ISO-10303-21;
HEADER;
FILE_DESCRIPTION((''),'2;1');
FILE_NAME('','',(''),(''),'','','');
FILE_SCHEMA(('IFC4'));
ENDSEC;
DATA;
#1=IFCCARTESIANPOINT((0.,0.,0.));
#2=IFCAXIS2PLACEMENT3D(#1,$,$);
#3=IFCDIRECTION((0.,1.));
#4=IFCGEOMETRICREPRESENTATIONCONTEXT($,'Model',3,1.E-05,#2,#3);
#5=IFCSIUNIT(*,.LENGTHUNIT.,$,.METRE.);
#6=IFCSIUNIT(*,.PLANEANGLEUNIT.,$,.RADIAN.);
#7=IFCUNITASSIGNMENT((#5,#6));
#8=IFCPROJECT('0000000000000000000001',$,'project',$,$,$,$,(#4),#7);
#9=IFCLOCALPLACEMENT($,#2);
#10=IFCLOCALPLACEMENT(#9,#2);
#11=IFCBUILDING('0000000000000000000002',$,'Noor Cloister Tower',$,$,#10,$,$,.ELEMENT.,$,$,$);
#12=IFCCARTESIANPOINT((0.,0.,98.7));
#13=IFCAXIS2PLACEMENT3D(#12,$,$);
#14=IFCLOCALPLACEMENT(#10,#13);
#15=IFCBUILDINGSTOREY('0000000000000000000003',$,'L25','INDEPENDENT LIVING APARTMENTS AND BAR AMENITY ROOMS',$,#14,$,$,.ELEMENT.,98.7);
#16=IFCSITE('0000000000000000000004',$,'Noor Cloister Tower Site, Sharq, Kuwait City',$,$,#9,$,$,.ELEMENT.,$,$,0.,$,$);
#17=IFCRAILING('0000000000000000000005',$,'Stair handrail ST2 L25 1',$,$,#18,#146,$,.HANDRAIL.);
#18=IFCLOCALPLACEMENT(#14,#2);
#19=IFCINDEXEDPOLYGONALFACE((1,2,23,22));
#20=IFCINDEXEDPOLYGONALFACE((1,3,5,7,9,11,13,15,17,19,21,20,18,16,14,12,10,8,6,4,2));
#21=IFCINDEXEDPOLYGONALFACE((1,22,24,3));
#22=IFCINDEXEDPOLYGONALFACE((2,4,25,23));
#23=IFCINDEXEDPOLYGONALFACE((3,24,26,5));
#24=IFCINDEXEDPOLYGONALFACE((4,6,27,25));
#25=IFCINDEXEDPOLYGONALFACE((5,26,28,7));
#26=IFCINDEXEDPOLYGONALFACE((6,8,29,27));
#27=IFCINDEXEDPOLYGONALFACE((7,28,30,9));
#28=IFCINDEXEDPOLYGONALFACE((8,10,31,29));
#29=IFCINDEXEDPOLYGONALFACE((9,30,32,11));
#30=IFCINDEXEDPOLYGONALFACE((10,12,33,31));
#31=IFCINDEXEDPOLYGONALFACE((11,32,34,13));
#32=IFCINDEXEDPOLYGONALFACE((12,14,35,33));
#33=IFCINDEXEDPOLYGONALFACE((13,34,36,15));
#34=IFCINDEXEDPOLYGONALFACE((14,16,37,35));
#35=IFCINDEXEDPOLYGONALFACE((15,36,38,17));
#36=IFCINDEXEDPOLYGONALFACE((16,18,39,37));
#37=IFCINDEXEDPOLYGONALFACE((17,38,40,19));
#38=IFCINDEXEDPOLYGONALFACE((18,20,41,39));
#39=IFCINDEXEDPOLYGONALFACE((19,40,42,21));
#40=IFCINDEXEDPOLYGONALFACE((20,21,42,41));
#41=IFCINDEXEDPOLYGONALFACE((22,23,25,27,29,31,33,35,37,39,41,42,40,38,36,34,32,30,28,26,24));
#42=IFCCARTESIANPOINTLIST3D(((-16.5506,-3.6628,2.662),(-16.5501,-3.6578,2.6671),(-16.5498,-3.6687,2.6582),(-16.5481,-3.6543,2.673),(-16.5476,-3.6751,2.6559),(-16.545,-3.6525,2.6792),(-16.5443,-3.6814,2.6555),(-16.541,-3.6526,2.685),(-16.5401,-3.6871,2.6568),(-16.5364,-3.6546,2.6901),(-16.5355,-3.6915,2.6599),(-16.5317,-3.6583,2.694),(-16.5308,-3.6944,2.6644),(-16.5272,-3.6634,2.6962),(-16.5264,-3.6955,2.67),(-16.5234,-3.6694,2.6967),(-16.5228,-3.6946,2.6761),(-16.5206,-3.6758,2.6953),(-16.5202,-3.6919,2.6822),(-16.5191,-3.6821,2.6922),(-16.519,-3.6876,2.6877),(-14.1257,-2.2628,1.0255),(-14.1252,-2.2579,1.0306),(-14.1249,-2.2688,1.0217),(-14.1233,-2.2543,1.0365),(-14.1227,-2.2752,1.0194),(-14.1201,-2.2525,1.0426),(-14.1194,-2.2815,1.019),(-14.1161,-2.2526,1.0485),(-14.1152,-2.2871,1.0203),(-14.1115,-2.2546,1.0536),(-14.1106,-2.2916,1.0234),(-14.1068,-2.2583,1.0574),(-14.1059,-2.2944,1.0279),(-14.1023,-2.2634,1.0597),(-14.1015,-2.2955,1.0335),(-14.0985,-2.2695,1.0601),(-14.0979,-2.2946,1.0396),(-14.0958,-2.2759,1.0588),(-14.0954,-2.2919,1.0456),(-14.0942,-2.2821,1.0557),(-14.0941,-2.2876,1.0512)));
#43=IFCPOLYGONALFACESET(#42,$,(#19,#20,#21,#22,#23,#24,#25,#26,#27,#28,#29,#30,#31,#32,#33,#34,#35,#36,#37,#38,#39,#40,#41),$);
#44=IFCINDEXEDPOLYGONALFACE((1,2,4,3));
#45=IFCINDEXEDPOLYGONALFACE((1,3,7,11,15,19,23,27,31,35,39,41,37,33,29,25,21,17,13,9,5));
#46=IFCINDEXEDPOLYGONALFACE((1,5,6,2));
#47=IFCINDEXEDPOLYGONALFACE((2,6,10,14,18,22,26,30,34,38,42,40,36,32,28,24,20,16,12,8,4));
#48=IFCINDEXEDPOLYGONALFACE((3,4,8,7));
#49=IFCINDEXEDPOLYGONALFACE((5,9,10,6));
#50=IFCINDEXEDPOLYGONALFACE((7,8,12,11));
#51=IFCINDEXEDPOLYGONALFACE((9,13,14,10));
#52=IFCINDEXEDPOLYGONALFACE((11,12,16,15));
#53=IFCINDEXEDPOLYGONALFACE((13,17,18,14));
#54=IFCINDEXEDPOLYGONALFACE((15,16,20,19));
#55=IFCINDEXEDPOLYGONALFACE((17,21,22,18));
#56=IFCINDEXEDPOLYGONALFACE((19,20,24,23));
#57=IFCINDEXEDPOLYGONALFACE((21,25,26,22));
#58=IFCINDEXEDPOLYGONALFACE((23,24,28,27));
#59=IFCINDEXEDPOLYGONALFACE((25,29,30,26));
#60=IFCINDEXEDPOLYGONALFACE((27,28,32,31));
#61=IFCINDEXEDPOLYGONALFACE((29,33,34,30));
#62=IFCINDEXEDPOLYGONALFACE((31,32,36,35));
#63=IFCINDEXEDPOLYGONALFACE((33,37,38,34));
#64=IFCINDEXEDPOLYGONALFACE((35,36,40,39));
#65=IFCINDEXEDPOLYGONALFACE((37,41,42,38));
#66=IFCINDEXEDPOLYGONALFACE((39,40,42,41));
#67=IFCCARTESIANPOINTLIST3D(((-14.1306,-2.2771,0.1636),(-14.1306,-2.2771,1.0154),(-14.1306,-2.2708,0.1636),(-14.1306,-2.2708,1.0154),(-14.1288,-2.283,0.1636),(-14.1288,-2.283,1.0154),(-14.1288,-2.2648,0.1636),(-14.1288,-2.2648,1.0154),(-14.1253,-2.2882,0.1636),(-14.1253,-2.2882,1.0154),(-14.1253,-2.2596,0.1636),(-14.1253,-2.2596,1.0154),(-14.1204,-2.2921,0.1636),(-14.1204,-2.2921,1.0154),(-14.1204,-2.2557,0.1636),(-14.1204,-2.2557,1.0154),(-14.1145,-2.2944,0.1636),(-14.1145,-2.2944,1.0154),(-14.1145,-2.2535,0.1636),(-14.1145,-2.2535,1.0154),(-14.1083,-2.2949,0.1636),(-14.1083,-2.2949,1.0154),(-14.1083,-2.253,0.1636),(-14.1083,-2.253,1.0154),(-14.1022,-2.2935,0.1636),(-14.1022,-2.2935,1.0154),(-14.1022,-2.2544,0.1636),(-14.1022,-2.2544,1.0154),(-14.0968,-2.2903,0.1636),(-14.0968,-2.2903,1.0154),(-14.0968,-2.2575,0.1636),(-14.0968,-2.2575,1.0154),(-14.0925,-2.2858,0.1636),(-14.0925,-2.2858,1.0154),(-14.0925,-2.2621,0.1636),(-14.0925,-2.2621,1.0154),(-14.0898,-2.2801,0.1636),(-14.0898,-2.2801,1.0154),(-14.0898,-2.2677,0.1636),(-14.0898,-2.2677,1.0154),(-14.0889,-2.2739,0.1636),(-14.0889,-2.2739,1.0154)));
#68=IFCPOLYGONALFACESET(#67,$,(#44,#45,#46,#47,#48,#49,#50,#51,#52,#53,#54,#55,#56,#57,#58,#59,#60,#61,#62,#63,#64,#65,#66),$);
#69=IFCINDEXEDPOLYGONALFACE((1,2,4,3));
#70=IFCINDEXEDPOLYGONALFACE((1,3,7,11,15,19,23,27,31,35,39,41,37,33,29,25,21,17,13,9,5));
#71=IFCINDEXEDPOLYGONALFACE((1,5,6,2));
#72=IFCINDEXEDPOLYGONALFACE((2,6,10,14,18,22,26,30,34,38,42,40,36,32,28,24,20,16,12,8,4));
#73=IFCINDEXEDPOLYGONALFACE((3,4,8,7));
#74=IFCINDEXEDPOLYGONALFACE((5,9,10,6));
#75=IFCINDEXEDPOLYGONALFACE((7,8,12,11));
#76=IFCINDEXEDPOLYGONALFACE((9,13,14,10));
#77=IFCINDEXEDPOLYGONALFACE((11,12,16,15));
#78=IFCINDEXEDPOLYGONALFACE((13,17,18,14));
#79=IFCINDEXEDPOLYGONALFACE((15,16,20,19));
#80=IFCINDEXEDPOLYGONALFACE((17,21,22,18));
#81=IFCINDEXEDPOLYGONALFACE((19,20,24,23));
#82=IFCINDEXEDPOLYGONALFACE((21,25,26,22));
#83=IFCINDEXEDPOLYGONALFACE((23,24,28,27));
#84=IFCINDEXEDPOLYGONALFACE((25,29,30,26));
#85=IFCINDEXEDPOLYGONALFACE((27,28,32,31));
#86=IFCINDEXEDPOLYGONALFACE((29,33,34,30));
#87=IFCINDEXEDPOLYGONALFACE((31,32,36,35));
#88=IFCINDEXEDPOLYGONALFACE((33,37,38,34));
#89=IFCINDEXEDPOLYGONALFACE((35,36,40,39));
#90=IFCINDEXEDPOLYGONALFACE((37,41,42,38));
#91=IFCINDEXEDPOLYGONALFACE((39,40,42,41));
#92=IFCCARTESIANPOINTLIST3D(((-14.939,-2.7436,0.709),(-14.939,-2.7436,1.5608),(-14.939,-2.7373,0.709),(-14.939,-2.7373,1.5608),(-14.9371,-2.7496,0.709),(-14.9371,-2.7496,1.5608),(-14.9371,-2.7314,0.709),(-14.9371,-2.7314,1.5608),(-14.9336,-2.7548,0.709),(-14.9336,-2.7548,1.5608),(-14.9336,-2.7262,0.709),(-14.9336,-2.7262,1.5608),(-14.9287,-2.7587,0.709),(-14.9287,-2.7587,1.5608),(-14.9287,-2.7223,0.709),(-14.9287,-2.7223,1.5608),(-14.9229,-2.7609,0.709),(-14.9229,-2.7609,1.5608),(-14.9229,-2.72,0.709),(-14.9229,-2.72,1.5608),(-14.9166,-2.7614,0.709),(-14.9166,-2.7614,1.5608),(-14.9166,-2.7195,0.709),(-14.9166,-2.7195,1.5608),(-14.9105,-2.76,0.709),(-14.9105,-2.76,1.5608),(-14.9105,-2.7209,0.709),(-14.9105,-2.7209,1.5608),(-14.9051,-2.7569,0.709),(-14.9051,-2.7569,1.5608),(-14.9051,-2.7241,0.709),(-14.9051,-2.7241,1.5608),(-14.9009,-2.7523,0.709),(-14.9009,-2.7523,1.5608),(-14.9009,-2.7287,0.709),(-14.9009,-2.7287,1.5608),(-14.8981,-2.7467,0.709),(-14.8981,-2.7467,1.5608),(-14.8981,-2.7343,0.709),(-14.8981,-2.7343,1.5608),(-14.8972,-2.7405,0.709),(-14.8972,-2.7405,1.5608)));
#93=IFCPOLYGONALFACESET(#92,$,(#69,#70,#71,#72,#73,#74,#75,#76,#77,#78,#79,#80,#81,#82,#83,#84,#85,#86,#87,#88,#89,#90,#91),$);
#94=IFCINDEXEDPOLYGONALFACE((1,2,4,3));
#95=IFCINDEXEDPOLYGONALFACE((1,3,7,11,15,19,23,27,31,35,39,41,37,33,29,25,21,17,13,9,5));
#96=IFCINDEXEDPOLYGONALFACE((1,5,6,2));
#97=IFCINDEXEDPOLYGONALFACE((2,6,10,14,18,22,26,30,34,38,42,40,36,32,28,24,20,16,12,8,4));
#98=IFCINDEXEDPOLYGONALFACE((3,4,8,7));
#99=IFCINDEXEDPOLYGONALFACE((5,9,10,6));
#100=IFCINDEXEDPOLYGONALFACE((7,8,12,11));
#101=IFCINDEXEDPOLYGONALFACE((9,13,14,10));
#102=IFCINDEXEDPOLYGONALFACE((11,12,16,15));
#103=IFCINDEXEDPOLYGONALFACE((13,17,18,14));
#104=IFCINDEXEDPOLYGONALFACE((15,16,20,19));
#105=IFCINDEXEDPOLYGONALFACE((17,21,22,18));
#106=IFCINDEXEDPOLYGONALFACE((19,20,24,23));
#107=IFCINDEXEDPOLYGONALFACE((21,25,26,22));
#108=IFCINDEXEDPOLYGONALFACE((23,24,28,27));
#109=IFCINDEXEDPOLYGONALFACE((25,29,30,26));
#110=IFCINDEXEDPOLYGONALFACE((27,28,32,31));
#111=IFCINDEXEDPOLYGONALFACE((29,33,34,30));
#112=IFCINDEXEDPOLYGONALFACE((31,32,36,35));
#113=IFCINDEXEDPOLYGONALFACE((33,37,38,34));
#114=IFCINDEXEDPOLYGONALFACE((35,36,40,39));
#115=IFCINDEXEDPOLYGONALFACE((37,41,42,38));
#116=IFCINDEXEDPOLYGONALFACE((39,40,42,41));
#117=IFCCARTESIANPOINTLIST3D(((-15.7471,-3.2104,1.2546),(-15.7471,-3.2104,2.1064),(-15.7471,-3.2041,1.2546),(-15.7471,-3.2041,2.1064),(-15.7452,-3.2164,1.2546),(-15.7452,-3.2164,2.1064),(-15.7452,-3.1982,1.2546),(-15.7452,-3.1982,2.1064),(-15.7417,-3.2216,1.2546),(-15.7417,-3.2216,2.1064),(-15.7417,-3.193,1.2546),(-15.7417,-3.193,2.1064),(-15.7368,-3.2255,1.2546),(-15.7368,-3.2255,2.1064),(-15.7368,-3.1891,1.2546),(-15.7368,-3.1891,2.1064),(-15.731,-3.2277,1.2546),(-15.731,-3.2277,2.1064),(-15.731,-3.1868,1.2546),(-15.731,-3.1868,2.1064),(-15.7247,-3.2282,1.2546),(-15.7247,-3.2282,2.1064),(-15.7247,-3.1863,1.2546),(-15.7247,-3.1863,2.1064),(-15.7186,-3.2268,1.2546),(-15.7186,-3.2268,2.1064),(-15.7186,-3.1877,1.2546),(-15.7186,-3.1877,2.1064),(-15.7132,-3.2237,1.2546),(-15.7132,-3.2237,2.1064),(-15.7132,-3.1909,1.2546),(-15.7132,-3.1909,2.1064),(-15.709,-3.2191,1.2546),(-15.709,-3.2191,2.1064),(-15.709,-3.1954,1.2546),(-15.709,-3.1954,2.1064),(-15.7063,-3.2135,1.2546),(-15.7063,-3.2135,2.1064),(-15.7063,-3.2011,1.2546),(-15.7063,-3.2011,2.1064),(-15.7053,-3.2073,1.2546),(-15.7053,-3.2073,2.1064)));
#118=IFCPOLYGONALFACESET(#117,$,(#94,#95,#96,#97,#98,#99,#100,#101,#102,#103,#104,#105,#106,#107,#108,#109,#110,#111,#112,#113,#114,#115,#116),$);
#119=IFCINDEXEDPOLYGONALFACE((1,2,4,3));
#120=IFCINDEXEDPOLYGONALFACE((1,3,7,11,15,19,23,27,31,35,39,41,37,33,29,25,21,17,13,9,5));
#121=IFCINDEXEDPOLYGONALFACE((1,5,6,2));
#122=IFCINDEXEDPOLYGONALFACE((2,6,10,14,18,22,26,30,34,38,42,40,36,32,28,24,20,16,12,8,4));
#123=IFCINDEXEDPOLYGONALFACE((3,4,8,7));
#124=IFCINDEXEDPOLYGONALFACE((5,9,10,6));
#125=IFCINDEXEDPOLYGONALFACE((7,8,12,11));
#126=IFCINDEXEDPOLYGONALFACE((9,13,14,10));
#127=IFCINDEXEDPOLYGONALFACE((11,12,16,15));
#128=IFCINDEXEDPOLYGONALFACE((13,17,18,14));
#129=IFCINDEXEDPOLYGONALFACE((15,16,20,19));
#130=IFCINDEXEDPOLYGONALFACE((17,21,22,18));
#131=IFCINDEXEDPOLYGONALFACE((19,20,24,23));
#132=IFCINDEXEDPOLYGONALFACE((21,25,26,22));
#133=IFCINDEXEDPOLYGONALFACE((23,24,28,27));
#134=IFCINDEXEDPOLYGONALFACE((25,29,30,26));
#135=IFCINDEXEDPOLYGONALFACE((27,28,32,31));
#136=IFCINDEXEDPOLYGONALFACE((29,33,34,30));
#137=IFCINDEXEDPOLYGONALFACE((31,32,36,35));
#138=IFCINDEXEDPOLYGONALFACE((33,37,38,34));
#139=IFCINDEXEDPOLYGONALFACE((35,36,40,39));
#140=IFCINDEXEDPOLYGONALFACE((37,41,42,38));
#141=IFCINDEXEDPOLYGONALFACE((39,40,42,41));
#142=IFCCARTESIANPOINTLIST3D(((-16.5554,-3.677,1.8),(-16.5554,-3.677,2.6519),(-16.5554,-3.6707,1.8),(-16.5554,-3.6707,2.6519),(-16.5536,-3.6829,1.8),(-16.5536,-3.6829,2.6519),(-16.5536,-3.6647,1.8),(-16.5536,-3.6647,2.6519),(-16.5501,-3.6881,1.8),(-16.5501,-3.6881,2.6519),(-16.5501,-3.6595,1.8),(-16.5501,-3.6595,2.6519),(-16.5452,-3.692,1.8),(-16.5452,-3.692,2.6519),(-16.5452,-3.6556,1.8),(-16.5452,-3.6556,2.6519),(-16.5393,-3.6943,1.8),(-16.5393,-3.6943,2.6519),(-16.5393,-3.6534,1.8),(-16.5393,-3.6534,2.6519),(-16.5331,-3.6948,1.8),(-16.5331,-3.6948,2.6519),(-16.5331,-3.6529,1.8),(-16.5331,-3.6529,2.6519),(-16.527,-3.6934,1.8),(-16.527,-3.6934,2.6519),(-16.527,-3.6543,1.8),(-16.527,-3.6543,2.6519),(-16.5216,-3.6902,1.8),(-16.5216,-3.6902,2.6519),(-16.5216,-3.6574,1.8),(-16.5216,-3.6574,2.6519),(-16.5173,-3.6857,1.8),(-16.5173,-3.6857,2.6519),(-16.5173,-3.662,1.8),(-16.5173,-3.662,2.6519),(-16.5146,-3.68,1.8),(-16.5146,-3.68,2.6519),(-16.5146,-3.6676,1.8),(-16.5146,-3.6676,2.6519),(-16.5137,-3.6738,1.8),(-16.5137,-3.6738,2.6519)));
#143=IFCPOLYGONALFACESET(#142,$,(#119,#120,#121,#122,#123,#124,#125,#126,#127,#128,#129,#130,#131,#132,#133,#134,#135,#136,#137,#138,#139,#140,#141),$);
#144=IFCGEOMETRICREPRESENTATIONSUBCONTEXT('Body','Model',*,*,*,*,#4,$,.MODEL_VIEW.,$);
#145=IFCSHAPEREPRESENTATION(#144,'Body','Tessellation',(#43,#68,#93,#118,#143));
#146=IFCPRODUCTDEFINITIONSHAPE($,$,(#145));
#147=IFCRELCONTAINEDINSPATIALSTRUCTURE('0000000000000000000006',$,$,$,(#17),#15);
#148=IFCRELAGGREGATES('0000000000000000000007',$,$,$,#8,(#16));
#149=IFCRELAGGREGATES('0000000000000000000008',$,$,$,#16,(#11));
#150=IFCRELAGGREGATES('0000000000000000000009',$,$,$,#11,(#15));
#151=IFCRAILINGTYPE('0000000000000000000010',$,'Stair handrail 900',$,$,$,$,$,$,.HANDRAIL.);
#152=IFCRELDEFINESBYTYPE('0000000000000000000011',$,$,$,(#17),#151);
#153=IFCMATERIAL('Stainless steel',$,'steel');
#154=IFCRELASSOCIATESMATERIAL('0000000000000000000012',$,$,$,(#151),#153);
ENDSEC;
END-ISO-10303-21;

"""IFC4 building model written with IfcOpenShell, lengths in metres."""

from ifc_helpers import new_model, si_unit, direction, frame, origin, origin_2d, place, context, subcontext, project, spatial, circle, extrude, material, type_object, element, save


model = new_model("IFC4")

# Units and contexts
model_context = context("Model", 3, precision=1e-05, world=origin(), true_north=direction((0.0, 1.0)))
body_context = subcontext(model_context, "Body", "Model", "MODEL_VIEW")
ifc_project = project(units=[si_unit("LENGTHUNIT", "METRE"), si_unit("PLANEANGLEUNIT", "RADIAN")], contexts=[model_context])

# Site, building, storey
site_placement = place(None, origin())
site = spatial("IfcSite", under=ifc_project, at=site_placement, Name="Noor Cloister Tower Site, Sharq, Kuwait City", CompositionType="ELEMENT", RefElevation=0.0)
building_placement = place(site_placement, origin())
building = spatial("IfcBuilding", under=site, at=building_placement, Name="Noor Cloister Tower", CompositionType="ELEMENT")
storey_placement = place(building_placement, frame((0.0, 0.0, 98.7)))
storey = spatial("IfcBuildingStorey", under=building, at=storey_placement, Name="L25", Description="INDEPENDENT LIVING APARTMENTS AND BAR AMENITY ROOMS", CompositionType="ELEMENT", Elevation=98.7)

# Railing
ifc_material_1 = material(Name="Stainless steel", Category="steel")
railing_type_1 = type_object("IfcRailingType", Name="Stair handrail 900", PredefinedType="HANDRAIL", material=ifc_material_1)
railing_1_placement = place(storey_placement, frame((-14.1099, -2.2739, 0.1636)))
element("IfcRailing", 1, at=railing_1_placement, inside=storey, type_object=railing_type_1, Name="Stair handrail ST2 L25 1", PredefinedType="HANDRAIL", context=body_context, shape_type="SweptSolid", body=[
    extrude(circle(Radius=0.0239, at=origin_2d()), frame((0.0, 0.0, 0.876), z_axis=(-0.74769, -0.431661, 0.504608), x_axis=(0.499984, -0.866035, 0.0)), (0.0, 0.0, 1.0), 3.2432),
    extrude(circle(Radius=0.021, at=origin_2d()), origin(), (0.0, 0.0, 1.0), 0.8518),
    extrude(circle(Radius=0.021, at=origin_2d()), frame((-0.8083, -0.4666, 0.5454)), (0.0, 0.0, 1.0), 0.8518),
    extrude(circle(Radius=0.021, at=origin_2d()), frame((-1.6165, -0.9333, 1.0911)), (0.0, 0.0, 1.0), 0.8518),
    extrude(circle(Radius=0.021, at=origin_2d()), frame((-2.4248, -1.3999, 1.6365)), (0.0, 0.0, 1.0), 0.8518),
])

save(model, "model.ifc")
